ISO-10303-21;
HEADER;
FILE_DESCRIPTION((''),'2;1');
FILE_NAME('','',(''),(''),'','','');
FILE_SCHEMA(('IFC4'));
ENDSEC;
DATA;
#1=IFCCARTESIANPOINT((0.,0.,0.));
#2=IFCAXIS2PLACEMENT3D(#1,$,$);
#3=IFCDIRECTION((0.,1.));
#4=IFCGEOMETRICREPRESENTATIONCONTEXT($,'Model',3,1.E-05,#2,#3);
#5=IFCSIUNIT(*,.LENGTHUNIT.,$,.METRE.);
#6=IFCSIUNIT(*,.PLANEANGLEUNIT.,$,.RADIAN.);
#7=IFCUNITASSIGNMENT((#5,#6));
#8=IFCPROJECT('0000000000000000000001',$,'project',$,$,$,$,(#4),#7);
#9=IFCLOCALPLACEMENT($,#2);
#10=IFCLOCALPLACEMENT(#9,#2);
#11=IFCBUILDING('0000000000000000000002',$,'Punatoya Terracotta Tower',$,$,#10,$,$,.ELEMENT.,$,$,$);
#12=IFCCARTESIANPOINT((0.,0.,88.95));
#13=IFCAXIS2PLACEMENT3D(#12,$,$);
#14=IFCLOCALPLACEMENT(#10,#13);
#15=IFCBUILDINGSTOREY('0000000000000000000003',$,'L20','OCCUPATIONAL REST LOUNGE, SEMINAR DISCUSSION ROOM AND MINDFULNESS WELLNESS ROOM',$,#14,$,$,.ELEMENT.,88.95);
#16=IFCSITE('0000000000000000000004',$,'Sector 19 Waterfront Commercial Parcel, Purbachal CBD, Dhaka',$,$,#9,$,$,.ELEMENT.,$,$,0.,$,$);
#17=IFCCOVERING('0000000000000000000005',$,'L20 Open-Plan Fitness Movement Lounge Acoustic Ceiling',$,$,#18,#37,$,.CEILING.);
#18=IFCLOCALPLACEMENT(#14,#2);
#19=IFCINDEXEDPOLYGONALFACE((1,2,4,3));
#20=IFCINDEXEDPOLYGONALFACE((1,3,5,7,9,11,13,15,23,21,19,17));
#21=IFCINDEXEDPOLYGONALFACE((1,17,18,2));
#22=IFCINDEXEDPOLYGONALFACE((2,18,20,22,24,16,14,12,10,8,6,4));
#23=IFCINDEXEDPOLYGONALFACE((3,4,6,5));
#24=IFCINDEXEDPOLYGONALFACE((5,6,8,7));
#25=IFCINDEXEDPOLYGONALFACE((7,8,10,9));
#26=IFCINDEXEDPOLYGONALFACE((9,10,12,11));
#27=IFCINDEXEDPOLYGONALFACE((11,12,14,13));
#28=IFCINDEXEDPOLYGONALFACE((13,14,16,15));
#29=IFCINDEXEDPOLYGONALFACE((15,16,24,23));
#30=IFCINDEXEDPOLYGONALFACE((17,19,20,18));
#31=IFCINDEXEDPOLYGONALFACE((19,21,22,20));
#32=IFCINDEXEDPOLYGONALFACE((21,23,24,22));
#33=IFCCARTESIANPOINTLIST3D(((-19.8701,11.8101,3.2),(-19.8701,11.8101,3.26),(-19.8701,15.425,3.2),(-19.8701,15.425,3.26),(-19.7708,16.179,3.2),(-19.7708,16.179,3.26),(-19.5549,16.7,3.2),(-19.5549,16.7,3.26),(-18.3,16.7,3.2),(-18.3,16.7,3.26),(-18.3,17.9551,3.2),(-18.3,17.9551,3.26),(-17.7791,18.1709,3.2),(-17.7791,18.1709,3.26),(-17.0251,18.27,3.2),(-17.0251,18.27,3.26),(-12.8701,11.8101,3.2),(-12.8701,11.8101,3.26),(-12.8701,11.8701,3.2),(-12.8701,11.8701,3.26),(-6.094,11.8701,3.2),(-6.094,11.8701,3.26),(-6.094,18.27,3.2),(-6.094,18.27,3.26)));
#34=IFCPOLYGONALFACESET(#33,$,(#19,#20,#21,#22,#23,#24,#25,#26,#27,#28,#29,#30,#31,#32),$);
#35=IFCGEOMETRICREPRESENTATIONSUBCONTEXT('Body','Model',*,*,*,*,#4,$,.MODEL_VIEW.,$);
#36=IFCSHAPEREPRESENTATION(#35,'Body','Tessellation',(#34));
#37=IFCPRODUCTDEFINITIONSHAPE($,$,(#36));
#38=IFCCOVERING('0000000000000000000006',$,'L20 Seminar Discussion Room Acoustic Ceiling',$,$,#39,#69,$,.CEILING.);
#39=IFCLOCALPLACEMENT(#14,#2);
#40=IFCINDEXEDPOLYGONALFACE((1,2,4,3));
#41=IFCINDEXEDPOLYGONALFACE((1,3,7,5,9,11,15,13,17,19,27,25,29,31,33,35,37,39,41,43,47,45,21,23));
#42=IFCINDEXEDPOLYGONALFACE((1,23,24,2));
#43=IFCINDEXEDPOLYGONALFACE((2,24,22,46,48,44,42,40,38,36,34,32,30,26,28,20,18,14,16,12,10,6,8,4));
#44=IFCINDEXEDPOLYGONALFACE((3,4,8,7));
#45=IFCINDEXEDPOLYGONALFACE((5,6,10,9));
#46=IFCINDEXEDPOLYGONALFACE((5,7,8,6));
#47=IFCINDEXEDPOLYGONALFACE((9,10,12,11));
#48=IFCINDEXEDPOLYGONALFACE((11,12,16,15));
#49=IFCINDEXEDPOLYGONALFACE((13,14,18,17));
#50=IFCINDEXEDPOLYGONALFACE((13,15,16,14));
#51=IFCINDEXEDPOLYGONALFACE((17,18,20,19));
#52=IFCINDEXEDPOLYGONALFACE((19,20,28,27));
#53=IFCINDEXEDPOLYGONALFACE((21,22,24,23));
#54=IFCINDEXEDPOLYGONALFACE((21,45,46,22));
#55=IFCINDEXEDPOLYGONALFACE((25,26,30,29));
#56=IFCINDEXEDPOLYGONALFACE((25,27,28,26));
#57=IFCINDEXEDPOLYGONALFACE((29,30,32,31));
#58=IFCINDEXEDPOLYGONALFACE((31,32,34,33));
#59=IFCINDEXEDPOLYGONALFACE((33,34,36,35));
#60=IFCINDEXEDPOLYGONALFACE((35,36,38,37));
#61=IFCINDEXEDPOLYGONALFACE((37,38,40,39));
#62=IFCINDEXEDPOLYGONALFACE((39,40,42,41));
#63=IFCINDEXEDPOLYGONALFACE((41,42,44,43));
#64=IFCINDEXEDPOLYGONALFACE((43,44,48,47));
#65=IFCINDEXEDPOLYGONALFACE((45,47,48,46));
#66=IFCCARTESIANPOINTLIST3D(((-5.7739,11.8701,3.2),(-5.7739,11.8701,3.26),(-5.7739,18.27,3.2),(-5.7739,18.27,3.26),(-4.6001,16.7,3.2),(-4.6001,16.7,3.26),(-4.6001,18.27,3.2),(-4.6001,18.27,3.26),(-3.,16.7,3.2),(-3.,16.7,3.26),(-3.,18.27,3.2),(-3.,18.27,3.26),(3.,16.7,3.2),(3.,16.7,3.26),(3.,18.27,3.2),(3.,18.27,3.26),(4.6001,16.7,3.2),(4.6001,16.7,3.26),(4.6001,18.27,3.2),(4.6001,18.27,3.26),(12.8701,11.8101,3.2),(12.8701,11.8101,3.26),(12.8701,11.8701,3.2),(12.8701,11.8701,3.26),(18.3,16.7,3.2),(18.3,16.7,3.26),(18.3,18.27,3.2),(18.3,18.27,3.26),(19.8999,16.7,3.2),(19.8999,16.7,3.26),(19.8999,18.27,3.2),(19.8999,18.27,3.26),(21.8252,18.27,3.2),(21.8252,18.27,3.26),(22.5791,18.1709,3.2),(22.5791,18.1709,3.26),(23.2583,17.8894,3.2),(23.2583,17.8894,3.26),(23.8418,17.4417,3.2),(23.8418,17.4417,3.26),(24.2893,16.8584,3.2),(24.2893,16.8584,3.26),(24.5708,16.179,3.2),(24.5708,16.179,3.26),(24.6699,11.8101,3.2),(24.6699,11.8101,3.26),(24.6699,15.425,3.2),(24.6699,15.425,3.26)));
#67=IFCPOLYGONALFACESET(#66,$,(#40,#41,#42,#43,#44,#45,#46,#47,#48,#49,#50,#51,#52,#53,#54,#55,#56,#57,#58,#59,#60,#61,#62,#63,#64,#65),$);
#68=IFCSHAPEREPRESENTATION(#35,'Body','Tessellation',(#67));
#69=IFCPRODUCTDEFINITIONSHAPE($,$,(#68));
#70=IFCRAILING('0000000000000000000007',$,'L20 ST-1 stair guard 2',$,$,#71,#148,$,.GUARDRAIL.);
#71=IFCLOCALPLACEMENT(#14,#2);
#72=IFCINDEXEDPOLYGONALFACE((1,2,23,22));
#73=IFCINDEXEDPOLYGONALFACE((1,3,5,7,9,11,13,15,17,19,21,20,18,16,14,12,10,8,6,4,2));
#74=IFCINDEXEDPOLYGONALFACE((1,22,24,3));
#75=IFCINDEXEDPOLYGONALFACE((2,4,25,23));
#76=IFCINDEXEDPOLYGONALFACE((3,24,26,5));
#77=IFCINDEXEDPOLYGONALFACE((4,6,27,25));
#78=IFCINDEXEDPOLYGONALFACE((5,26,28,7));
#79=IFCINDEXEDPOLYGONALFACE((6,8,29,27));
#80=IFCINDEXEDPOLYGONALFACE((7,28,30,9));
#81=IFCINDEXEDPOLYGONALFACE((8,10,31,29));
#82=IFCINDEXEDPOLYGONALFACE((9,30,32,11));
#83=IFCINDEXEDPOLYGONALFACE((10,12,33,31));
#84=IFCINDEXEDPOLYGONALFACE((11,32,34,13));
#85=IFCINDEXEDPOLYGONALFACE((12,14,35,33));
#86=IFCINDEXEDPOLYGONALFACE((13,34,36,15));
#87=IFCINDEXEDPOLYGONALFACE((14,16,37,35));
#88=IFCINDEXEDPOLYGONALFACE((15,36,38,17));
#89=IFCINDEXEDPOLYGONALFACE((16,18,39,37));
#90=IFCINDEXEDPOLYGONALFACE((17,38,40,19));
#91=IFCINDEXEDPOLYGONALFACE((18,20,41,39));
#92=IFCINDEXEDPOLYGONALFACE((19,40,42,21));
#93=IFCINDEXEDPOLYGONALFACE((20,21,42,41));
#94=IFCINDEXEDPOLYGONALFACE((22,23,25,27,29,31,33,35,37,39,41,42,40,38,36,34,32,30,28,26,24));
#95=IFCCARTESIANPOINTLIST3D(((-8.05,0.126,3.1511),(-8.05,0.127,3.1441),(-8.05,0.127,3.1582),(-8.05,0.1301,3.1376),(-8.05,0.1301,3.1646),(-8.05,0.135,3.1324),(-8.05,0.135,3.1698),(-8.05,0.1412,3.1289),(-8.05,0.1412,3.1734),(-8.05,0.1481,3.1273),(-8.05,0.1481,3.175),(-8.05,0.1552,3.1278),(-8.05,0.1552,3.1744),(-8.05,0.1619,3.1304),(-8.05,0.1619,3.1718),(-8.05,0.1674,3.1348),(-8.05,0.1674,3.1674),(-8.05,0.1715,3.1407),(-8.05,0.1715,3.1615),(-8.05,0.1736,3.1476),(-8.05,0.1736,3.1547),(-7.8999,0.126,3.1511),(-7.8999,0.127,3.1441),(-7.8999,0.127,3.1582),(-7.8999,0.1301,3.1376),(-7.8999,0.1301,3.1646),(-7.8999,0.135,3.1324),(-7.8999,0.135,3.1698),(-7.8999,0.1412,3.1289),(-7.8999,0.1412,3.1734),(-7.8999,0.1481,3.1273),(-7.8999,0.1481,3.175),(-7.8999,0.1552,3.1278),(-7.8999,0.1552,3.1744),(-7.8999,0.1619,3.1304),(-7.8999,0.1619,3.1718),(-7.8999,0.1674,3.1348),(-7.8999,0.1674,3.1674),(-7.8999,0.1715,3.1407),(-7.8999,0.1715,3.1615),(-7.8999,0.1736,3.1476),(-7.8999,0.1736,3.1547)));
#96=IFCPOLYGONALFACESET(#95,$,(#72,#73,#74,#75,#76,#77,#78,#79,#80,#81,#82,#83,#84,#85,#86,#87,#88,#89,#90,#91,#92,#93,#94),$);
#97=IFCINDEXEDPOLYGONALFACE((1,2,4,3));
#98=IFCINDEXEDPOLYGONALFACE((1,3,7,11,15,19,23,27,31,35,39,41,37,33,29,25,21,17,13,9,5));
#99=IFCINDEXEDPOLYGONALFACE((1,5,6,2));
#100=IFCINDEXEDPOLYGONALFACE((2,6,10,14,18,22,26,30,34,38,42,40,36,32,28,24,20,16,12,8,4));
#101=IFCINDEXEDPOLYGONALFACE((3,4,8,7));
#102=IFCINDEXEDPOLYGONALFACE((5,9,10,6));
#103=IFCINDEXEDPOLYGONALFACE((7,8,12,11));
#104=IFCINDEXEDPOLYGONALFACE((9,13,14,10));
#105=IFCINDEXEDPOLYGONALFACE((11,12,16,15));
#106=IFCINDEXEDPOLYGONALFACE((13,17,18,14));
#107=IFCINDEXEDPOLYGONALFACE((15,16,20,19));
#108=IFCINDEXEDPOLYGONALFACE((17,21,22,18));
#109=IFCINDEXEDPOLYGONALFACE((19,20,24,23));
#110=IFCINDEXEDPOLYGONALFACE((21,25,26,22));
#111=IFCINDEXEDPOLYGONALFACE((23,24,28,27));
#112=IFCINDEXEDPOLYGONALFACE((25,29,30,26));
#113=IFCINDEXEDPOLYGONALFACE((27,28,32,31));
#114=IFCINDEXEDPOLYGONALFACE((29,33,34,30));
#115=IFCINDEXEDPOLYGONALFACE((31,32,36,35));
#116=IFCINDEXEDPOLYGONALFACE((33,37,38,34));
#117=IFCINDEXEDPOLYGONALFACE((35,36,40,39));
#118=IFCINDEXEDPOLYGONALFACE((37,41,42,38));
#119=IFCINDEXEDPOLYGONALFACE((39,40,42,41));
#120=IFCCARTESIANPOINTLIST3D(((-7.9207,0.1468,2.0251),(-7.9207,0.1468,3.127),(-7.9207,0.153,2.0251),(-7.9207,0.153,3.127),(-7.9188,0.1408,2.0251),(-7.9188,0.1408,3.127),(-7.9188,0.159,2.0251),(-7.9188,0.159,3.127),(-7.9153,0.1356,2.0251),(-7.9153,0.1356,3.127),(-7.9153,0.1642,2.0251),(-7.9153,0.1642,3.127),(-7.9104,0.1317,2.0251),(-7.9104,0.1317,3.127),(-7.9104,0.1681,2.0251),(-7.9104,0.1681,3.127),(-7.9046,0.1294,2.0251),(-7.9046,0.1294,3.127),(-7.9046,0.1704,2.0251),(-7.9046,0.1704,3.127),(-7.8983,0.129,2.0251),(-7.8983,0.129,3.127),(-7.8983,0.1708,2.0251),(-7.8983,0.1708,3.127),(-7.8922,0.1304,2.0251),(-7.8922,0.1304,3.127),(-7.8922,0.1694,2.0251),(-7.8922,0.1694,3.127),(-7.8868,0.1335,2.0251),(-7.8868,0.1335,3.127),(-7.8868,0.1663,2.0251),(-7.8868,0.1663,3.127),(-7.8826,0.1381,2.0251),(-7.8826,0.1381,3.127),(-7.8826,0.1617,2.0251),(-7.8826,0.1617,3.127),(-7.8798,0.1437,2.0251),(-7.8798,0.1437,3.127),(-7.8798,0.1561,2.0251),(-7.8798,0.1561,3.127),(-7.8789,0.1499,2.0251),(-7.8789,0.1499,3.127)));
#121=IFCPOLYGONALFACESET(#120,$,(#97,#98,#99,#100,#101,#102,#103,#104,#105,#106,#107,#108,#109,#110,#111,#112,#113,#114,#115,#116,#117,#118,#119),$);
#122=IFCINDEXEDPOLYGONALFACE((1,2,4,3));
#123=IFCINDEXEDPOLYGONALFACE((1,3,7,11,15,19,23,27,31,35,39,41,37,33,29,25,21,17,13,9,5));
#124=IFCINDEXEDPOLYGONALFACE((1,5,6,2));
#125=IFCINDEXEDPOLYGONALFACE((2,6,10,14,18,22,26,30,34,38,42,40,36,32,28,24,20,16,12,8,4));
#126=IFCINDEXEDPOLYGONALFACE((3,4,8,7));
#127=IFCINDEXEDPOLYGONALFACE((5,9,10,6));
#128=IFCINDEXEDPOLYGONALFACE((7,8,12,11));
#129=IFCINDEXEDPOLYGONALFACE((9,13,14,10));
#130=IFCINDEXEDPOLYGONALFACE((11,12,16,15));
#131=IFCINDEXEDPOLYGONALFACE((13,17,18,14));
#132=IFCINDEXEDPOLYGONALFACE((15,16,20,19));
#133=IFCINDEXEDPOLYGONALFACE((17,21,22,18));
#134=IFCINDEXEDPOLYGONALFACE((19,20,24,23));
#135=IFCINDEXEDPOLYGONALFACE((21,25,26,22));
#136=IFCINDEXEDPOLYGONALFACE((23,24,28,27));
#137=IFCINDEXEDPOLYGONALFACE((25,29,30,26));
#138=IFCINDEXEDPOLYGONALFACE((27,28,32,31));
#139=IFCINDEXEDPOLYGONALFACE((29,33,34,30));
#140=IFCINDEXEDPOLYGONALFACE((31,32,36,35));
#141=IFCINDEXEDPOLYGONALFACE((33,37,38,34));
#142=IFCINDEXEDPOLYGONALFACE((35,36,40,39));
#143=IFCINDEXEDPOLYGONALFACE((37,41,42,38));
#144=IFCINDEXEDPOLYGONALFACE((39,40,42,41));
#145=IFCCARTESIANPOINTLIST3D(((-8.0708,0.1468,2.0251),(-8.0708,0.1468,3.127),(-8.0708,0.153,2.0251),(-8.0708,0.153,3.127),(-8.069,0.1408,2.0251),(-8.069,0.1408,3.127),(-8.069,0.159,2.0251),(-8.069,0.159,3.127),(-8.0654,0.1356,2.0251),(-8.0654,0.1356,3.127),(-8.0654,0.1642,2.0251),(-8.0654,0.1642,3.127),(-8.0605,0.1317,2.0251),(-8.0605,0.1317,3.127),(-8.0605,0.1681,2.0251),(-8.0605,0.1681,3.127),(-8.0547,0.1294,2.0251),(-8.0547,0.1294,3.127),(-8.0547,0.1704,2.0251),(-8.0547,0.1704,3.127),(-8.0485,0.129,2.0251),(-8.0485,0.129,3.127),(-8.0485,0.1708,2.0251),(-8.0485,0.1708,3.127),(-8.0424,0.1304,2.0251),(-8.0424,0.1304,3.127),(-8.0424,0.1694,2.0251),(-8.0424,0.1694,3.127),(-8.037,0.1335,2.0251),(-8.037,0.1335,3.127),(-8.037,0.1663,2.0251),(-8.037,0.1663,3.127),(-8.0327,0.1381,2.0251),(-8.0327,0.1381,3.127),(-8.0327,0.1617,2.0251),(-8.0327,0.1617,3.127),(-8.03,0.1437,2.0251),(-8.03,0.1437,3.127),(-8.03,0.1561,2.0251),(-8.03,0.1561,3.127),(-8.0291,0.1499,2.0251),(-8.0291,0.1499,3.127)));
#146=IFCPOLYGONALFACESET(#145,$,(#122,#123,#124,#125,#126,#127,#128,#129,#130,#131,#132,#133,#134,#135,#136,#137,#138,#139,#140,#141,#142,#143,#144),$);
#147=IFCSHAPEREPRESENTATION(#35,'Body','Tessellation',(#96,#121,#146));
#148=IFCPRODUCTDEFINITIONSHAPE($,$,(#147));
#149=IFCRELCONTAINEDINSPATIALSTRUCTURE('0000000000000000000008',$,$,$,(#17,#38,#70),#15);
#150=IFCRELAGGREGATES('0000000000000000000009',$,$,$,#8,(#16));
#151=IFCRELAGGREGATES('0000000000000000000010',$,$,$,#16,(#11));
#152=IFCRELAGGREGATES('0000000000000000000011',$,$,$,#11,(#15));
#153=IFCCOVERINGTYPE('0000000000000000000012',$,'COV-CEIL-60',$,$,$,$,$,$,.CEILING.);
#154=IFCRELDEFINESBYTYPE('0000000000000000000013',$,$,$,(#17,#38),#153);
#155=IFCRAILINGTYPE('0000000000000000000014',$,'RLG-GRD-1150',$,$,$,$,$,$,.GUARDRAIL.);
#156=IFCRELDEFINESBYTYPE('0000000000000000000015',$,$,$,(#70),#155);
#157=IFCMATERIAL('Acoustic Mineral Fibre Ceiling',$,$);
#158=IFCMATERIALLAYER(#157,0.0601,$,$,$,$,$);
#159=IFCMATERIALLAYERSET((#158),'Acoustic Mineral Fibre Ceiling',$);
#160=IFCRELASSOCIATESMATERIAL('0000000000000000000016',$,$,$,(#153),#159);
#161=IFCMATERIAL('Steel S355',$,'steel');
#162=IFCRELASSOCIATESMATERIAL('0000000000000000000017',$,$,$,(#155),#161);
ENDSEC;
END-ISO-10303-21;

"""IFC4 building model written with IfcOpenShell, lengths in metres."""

from ifc_helpers import new_model, si_unit, direction, frame, origin, origin_2d, place, context, subcontext, project, spatial, polyline, circle, outline, extrude, material, layer, layer_set, type_object, element, save


model = new_model("IFC4")

# Units and contexts
model_context = context("Model", 3, precision=1e-05, world=origin(), true_north=direction((0.0, 1.0)))
body_context = subcontext(model_context, "Body", "Model", "MODEL_VIEW")
ifc_project = project(units=[si_unit("LENGTHUNIT", "METRE"), si_unit("PLANEANGLEUNIT", "RADIAN")], contexts=[model_context])

# Site, building, storey
site_placement = place(None, origin())
site = spatial("IfcSite", under=ifc_project, at=site_placement, Name="Sector 19 Waterfront Commercial Parcel, Purbachal CBD, Dhaka", CompositionType="ELEMENT", RefElevation=0.0)
building_placement = place(site_placement, origin())
building = spatial("IfcBuilding", under=site, at=building_placement, Name="Punatoya Terracotta Tower", CompositionType="ELEMENT")
storey_placement = place(building_placement, frame((0.0, 0.0, 88.95)))
storey = spatial("IfcBuildingStorey", under=building, at=storey_placement, Name="L20", Description="OCCUPATIONAL REST LOUNGE, SEMINAR DISCUSSION ROOM AND MINDFULNESS WELLNESS ROOM", CompositionType="ELEMENT", Elevation=88.95)

# Coverings
ifc_material_1 = material(Name="Acoustic Mineral Fibre Ceiling")
ifc_layer_1 = layer(ifc_material_1, 0.0601)
ifc_layer_set_1 = layer_set([ifc_layer_1], Name="Acoustic Mineral Fibre Ceiling")
covering_type = type_object("IfcCoveringType", Name="COV-CEIL-60", PredefinedType="CEILING", material=ifc_layer_set_1)
covering_1_placement = place(storey_placement, frame((0.0, 0.0, 3.2)))
element("IfcCovering", 1, at=covering_1_placement, inside=storey, type_object=covering_type, Name="L20 Open-Plan Fitness Movement Lounge Acoustic Ceiling", PredefinedType="CEILING", context=body_context, shape_type="SweptSolid", body=[
    extrude(outline(polyline([(-17.0251, 18.27), (-17.7791, 18.1709), (-18.3, 17.9551), (-18.3, 16.7), (-19.5549, 16.7), (-19.7708, 16.179), (-19.8701, 15.425), (-19.8701, 11.8101), (-12.8701, 11.8101), (-12.8701, 11.8701), (-6.094, 11.8701), (-6.094, 18.27), (-17.0251, 18.27)])), origin(), (0.0, 0.0, 1.0), 0.0601),
])
covering_2_placement = place(storey_placement, frame((0.0, 0.0, 3.2)))
element("IfcCovering", 2, at=covering_2_placement, inside=storey, type_object=covering_type, Name="L20 Seminar Discussion Room Acoustic Ceiling", PredefinedType="CEILING", context=body_context, shape_type="SweptSolid", body=[
    extrude(outline(polyline([(3.0, 18.27), (-3.0, 18.27), (-3.0, 16.7), (-4.6001, 16.7), (-4.6001, 18.27), (-5.7739, 18.27), (-5.7739, 11.8701), (12.8701, 11.8701), (12.8701, 11.8101), (24.6699, 11.8101), (24.6699, 15.425), (24.5708, 16.179), (24.2893, 16.8584), (23.8418, 17.4417), (23.2583, 17.8894), (22.5791, 18.1709), (21.8252, 18.27), (19.8999, 18.27), (19.8999, 16.7), (18.3, 16.7), (18.3, 18.27), (4.6001, 18.27), (4.6001, 16.7), (3.0, 16.7), (3.0, 18.27)])), origin(), (0.0, 0.0, 1.0), 0.0601),
])

# Railing
ifc_material_2 = material(Name="Steel S355", Category="steel")
railing_type_1 = type_object("IfcRailingType", Name="RLG-GRD-1150", PredefinedType="GUARDRAIL", material=ifc_material_2)
railing_1_placement = place(storey_placement, frame((-7.8999, 0.1499, 2.0251)))
element("IfcRailing", 3, at=railing_1_placement, inside=storey, type_object=railing_type_1, Name="L20 ST-1 stair guard 2", PredefinedType="GUARDRAIL", context=body_context, shape_type="SweptSolid", body=[
    extrude(circle(Radius=0.0239, at=origin_2d()), frame((0.0, 0.0, 1.126), z_axis=(-1.0, 0.0, 0.0), x_axis=(0.0, -1.0, 0.0)), (0.0, 0.0, 1.0), 0.1501),
    extrude(circle(Radius=0.021, at=origin_2d()), origin(), (0.0, 0.0, 1.0), 1.1018),
    extrude(circle(Radius=0.021, at=origin_2d()), frame((-0.1501, 0.0, 0.0)), (0.0, 0.0, 1.0), 1.1018),
])

save(model, "model.ifc")
